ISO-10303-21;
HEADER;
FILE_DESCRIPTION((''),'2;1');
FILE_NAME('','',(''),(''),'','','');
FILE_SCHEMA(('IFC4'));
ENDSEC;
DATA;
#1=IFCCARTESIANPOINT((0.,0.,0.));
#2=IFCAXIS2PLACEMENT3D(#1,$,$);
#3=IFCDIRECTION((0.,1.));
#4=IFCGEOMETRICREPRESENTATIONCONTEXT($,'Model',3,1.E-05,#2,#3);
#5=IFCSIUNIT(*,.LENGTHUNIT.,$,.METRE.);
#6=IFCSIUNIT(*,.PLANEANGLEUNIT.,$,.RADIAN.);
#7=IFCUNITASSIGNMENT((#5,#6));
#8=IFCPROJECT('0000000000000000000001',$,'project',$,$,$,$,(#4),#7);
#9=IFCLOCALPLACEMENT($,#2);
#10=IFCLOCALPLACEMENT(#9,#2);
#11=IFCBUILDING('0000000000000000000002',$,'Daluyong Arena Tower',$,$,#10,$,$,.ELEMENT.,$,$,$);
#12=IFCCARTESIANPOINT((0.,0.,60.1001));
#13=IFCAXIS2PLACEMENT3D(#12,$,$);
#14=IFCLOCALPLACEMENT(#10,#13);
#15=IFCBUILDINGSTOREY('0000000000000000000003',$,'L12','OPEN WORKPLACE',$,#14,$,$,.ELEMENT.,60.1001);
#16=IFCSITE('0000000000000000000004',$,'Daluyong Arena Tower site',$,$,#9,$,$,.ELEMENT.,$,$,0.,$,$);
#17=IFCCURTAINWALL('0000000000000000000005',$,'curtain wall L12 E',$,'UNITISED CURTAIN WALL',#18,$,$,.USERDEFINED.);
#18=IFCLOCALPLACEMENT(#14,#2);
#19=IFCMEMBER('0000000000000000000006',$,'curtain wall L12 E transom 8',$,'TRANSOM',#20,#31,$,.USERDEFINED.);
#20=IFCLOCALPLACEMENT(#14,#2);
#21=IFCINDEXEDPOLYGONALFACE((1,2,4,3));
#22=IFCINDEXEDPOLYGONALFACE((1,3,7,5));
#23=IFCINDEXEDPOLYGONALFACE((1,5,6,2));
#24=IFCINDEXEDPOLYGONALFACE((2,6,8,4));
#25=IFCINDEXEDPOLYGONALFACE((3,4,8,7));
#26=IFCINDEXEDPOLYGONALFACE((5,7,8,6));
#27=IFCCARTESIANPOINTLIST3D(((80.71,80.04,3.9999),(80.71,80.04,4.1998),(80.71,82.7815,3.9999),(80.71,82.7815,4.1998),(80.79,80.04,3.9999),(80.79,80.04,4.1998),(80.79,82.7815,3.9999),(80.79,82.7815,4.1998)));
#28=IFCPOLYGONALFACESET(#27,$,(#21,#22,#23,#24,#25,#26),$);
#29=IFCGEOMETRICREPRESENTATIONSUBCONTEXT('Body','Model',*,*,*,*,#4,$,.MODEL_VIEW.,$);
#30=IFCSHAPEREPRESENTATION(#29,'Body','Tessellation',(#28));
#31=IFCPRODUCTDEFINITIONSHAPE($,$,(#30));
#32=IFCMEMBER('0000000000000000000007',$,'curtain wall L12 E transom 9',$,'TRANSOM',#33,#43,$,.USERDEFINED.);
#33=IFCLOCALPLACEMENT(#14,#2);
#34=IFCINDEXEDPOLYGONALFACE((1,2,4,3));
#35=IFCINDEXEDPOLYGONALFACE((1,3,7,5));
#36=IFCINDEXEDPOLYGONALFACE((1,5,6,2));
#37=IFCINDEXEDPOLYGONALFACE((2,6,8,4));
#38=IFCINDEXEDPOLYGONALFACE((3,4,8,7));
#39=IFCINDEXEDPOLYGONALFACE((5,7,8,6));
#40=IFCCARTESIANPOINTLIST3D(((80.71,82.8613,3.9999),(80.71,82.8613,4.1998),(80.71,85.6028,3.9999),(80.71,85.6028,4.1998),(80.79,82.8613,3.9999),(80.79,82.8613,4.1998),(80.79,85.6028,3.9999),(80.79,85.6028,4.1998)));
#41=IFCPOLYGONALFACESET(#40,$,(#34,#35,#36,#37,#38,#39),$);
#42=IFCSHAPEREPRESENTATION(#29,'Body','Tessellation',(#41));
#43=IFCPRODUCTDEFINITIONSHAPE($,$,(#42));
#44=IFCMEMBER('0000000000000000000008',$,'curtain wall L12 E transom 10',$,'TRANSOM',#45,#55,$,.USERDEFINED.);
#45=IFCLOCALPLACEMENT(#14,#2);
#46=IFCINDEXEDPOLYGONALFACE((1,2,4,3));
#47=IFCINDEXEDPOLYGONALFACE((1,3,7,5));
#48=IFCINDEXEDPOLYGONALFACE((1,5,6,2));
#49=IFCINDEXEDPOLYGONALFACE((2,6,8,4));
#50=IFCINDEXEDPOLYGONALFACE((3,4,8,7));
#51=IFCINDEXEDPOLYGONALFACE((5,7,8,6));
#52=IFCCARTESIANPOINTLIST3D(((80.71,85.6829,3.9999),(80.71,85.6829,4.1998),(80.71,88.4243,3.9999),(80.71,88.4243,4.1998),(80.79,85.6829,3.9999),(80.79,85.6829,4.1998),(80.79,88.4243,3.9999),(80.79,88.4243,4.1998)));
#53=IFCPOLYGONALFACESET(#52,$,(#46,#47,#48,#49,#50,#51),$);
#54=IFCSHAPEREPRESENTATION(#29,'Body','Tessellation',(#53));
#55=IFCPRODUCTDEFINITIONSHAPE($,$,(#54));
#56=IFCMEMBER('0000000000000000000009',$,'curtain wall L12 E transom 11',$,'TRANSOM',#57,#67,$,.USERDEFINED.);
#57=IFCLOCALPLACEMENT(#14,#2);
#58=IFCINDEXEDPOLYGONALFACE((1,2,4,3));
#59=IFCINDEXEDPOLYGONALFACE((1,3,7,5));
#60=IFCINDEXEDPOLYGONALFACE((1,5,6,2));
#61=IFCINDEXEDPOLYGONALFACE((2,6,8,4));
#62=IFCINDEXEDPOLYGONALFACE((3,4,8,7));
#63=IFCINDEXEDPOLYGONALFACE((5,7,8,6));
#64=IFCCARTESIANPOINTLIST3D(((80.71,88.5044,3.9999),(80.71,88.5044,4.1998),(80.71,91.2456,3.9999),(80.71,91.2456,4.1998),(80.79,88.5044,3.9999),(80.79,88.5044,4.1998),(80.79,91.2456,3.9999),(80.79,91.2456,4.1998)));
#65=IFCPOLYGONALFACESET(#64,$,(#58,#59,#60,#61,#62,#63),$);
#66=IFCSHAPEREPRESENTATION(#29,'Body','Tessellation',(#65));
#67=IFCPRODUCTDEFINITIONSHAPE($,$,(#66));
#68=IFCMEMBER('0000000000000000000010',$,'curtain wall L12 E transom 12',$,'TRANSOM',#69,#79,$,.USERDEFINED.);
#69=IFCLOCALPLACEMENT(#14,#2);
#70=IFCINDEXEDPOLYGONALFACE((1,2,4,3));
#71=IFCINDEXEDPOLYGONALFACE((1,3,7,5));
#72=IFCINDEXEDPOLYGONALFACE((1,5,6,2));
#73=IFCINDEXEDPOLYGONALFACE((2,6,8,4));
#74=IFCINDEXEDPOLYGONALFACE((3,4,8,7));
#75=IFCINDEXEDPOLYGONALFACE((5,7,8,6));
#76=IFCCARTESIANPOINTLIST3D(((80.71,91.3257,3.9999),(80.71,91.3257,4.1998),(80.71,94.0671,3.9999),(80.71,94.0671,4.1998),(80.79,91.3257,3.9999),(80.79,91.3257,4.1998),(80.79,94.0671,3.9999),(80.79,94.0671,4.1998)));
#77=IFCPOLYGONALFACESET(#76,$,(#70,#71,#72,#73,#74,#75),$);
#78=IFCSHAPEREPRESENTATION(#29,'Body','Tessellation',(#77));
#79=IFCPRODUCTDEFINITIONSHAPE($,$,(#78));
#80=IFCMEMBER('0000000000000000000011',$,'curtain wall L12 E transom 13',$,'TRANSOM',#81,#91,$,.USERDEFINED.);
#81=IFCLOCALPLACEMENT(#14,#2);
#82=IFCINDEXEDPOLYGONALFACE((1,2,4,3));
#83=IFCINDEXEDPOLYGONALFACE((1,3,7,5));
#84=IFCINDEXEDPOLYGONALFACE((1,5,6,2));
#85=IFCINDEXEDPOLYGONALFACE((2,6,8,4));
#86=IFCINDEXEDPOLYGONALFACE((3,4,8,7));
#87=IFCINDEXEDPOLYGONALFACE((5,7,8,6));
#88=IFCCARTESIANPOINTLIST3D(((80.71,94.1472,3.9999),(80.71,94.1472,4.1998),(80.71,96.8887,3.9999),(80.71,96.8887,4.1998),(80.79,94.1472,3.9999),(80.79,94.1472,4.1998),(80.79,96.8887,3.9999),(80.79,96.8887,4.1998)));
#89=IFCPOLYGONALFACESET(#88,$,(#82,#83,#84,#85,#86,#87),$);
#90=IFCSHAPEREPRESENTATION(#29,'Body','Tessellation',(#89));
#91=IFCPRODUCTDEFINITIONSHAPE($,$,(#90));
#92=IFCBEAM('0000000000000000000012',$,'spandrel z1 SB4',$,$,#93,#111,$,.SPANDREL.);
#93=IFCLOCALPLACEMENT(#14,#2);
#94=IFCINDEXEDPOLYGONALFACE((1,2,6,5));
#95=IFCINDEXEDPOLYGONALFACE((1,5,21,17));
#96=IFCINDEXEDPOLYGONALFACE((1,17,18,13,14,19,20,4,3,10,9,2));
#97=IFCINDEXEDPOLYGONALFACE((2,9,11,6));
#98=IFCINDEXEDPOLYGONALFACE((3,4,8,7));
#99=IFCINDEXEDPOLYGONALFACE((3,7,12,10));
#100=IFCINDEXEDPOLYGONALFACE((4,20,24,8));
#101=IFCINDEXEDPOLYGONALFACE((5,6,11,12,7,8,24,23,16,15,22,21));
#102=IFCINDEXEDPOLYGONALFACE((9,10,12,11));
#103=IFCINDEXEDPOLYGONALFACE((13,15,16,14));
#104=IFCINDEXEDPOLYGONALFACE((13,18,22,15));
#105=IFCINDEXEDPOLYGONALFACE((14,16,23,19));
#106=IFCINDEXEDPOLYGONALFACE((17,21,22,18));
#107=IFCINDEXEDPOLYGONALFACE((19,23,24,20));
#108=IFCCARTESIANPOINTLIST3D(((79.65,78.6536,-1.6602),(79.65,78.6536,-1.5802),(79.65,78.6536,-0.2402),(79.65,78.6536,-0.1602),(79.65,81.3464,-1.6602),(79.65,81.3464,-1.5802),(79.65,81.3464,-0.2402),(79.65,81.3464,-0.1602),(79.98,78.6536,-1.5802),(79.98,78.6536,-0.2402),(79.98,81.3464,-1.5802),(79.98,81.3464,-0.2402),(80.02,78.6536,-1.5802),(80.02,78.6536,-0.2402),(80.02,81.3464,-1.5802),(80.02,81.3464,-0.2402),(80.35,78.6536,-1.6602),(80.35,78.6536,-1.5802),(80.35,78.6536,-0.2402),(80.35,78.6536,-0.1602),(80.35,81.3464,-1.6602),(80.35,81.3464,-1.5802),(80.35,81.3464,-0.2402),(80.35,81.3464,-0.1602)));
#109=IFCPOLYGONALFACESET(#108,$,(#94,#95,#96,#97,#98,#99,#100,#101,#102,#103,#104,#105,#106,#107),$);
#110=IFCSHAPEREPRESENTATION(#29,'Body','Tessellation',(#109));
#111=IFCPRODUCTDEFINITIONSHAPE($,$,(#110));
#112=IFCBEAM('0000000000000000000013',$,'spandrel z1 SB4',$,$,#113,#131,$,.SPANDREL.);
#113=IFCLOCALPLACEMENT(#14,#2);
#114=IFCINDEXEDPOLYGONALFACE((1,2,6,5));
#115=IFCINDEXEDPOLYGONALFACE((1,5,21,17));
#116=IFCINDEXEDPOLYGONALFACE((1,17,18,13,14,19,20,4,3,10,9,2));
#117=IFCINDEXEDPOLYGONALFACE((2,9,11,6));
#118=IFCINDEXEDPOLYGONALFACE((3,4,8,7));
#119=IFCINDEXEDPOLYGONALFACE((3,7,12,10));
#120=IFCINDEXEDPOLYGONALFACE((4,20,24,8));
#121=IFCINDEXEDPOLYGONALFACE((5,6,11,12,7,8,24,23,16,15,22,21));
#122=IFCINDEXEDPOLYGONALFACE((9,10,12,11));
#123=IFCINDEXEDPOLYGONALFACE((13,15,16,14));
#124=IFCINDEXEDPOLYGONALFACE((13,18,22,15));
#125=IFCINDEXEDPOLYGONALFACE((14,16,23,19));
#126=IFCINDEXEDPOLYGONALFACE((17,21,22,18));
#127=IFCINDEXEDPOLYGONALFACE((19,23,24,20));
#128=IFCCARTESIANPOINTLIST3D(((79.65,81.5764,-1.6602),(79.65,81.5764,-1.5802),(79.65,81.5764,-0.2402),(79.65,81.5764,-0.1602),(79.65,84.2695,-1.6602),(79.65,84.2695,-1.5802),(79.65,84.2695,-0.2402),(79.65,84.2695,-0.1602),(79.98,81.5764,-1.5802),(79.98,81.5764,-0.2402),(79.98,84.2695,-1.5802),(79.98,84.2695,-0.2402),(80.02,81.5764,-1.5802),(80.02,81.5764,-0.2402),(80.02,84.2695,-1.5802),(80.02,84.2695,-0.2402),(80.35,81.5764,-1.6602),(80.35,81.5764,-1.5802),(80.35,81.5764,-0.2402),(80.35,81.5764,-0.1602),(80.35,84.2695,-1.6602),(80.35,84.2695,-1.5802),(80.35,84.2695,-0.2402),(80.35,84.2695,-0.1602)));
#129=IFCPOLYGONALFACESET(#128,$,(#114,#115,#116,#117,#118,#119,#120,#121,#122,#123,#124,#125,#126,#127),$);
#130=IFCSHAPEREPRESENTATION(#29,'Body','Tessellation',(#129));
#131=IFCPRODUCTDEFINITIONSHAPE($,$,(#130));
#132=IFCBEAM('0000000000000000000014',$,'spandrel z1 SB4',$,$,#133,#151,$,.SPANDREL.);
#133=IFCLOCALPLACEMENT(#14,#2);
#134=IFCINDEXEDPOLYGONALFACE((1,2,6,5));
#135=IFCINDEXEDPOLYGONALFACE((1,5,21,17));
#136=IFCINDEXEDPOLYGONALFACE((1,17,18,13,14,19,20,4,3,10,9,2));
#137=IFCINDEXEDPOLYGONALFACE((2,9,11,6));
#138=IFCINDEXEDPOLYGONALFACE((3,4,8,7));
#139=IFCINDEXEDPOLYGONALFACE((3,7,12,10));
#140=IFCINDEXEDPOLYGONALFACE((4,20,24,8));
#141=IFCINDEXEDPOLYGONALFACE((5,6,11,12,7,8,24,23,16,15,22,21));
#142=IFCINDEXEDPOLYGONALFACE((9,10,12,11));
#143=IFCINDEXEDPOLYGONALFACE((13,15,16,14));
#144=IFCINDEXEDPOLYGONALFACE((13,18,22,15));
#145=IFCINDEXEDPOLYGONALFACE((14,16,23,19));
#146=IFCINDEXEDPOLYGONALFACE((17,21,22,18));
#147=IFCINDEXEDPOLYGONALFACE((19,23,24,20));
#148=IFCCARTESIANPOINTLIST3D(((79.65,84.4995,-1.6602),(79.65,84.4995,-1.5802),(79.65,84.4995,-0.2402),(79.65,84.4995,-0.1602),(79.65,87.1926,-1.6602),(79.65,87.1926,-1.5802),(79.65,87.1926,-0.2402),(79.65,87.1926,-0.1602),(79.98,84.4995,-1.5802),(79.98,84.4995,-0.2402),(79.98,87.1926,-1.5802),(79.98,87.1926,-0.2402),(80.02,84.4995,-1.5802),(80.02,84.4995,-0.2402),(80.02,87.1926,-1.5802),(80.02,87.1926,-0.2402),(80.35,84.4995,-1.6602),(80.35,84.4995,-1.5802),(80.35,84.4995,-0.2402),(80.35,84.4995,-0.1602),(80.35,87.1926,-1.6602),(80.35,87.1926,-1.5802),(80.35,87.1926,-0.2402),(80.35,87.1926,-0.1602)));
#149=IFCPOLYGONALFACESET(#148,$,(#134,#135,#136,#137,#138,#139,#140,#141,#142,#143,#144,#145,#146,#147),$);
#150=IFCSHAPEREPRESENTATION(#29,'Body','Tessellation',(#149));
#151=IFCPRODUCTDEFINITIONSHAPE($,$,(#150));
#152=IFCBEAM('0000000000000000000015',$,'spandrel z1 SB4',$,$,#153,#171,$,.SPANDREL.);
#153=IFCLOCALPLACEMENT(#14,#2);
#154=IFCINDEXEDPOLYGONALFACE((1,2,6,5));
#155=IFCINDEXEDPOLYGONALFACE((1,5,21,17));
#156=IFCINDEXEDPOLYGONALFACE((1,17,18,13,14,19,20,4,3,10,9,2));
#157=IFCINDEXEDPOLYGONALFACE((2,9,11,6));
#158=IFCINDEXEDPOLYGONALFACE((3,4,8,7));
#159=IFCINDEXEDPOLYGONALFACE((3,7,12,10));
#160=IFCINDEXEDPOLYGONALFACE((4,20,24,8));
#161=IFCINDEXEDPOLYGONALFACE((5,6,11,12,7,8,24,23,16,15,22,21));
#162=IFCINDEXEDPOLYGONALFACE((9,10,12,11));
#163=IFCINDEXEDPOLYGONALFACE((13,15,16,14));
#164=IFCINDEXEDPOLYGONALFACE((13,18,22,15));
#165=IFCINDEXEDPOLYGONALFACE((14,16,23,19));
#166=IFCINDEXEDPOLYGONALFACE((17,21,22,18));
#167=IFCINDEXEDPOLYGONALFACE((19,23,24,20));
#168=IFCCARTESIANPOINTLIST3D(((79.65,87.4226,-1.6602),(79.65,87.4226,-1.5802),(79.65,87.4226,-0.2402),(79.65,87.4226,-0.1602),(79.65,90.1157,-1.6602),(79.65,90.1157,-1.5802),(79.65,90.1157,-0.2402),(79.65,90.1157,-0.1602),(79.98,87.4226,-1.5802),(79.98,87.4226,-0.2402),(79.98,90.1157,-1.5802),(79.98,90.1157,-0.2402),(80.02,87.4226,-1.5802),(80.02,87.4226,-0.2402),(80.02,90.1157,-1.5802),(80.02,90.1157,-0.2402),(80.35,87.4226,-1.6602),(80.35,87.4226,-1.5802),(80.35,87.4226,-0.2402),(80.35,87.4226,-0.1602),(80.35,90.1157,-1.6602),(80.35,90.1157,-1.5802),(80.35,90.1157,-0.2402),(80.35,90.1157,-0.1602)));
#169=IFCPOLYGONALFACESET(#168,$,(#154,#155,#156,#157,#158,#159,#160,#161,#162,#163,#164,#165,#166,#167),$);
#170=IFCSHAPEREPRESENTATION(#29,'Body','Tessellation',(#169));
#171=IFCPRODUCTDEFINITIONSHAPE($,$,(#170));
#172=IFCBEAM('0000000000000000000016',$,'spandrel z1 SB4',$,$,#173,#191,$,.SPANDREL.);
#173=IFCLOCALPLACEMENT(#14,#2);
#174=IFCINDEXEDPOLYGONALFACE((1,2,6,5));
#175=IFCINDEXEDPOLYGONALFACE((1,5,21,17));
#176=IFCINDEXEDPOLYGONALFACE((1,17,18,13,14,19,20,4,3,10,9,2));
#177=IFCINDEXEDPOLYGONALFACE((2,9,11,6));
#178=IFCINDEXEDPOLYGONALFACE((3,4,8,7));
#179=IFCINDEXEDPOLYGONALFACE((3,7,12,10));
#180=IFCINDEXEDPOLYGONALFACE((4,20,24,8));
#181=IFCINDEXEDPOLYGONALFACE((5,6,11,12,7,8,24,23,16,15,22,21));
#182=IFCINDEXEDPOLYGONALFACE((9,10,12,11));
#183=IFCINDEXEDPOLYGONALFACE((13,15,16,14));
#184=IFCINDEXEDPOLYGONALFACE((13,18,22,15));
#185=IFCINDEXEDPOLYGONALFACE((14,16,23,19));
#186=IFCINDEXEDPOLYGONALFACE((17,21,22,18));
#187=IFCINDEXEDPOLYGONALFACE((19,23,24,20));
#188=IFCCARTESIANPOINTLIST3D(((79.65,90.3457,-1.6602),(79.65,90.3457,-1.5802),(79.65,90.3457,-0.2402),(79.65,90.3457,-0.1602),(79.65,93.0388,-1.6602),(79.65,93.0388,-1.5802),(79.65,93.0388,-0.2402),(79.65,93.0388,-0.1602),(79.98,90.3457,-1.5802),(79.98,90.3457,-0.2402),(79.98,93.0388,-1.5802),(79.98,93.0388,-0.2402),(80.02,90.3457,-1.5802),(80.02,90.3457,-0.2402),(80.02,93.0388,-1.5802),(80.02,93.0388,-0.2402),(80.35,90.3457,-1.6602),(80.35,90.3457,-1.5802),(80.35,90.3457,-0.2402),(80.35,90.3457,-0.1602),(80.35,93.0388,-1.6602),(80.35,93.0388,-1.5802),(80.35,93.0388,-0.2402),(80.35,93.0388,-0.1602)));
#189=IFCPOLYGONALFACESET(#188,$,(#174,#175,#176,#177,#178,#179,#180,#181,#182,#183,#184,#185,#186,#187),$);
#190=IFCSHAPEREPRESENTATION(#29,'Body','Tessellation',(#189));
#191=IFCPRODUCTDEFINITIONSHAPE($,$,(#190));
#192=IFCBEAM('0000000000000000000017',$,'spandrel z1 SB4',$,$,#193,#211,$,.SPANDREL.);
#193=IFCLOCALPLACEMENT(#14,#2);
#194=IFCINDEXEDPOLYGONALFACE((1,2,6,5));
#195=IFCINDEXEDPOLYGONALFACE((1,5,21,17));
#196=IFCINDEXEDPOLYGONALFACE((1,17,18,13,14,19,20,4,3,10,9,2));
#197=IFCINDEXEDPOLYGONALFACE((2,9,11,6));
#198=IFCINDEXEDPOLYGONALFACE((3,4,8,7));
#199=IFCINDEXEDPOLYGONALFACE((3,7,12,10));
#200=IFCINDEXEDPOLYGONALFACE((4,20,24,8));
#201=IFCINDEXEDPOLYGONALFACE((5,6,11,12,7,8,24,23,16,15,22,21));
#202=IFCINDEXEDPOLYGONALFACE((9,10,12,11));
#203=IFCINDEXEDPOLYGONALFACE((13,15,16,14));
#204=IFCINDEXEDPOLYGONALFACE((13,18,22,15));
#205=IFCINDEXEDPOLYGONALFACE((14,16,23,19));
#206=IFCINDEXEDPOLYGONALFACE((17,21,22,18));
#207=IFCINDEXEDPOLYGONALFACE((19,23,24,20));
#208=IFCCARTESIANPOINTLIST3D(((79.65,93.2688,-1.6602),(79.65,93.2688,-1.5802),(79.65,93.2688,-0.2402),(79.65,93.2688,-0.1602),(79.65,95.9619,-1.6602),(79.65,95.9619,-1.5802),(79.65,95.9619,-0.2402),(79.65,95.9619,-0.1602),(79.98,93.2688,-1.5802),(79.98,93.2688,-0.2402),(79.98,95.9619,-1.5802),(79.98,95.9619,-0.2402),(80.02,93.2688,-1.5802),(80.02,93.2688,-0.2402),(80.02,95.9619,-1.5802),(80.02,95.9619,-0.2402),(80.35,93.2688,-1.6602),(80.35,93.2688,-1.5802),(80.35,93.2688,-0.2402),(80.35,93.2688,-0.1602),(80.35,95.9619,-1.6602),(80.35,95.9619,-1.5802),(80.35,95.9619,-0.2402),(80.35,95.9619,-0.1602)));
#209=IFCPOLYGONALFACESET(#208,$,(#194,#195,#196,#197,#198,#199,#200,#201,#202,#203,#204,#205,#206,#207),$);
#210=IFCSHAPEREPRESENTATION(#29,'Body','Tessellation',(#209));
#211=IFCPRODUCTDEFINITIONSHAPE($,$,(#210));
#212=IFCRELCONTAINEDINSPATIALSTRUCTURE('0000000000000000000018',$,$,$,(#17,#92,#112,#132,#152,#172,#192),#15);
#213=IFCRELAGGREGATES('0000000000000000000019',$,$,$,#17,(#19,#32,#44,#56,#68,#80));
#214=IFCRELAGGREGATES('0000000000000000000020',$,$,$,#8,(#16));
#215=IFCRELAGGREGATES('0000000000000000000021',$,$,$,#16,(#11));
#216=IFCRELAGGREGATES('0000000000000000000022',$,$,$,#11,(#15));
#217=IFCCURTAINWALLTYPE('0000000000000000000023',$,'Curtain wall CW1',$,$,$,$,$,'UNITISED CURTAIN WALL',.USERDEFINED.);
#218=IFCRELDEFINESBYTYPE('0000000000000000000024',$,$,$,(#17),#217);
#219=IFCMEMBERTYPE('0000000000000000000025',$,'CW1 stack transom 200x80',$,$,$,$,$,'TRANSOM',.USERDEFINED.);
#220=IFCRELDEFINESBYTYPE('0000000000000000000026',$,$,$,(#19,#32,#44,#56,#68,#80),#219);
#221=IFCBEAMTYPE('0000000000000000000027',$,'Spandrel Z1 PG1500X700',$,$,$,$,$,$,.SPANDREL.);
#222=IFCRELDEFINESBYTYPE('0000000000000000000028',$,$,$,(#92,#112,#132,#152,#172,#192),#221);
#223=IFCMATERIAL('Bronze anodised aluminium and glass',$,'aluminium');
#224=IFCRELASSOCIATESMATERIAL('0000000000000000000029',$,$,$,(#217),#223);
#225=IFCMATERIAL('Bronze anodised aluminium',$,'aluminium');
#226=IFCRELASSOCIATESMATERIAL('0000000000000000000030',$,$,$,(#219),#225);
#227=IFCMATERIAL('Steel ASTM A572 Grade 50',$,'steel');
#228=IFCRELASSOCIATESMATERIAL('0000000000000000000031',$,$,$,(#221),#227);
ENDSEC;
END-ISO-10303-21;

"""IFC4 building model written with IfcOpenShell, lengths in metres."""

from ifc_helpers import new_model, si_unit, direction, frame, origin, origin_2d, place, context, subcontext, project, spatial, rectangle, i_section, extrude, material, material_profile, profile_set, type_object, element, aggregate, save


model = new_model("IFC4")

# Units and contexts
model_context = context("Model", 3, precision=1e-05, world=origin(), true_north=direction((0.0, 1.0)))
body_context = subcontext(model_context, "Body", "Model", "MODEL_VIEW")
ifc_project = project(units=[si_unit("LENGTHUNIT", "METRE"), si_unit("PLANEANGLEUNIT", "RADIAN")], contexts=[model_context])

# Site, building, storey
site_placement = place(None, origin())
site = spatial("IfcSite", under=ifc_project, at=site_placement, Name="Daluyong Arena Tower site", CompositionType="ELEMENT", RefElevation=0.0)
building_placement = place(site_placement, origin())
building = spatial("IfcBuilding", under=site, at=building_placement, Name="Daluyong Arena Tower", CompositionType="ELEMENT")
storey_placement = place(building_placement, frame((0.0, 0.0, 60.1001)))
storey = spatial("IfcBuildingStorey", under=building, at=storey_placement, Name="L12", Description="OPEN WORKPLACE", CompositionType="ELEMENT", Elevation=60.1001)

# Curtain wall, members
ifc_material_1 = material(Name="Bronze anodised aluminium and glass", Category="aluminium")
curtain_wall_type = type_object("IfcCurtainWallType", Name="Curtain wall CW1", ElementType="UNITISED CURTAIN WALL", PredefinedType="USERDEFINED", material=ifc_material_1)
curtain_wall_placement = place(storey_placement, origin())
curtain_wall = element("IfcCurtainWall", 1, at=curtain_wall_placement, inside=storey, type_object=curtain_wall_type, Name="curtain wall L12 E", ObjectType="UNITISED CURTAIN WALL", PredefinedType="USERDEFINED")
ifc_material_2 = material(Name="Bronze anodised aluminium", Category="aluminium")
ifc_material_profile_1 = material_profile(ifc_material_2, rectangle(XDim=0.0801, YDim=0.2, at=origin_2d()))
ifc_profile_set_1 = profile_set([ifc_material_profile_1], Name="Bronze anodised aluminium")
member_type_1 = type_object("IfcMemberType", Name="CW1 stack transom 200x80", ElementType="TRANSOM", PredefinedType="USERDEFINED", material=ifc_profile_set_1)
member_1_placement = place(storey_placement, frame((80.75, 80.04, 4.0999), z_axis=(0.0, 1.0, 0.0), x_axis=(-1.0, 0.0, 0.0)))
member_1 = element("IfcMember", 2, at=member_1_placement, type_object=member_type_1, Name="curtain wall L12 E transom 8", ObjectType="TRANSOM", PredefinedType="USERDEFINED", context=body_context, shape_type="SweptSolid", body=[
    extrude(rectangle(XDim=0.0801, YDim=0.2, at=origin_2d()), origin(), (0.0, 0.0, 1.0), 2.7415),
])
member_2_placement = place(storey_placement, frame((80.75, 82.8613, 4.0999), z_axis=(0.0, 1.0, 0.0), x_axis=(-1.0, 0.0, 0.0)))
member_2 = element("IfcMember", 3, at=member_2_placement, type_object=member_type_1, Name="curtain wall L12 E transom 9", ObjectType="TRANSOM", PredefinedType="USERDEFINED", context=body_context, shape_type="SweptSolid", body=[
    extrude(rectangle(XDim=0.0801, YDim=0.2, at=origin_2d()), origin(), (0.0, 0.0, 1.0), 2.7415),
])
member_3_placement = place(storey_placement, frame((80.75, 85.6829, 4.0999), z_axis=(0.0, 1.0, 0.0), x_axis=(-1.0, 0.0, 0.0)))
member_3 = element("IfcMember", 4, at=member_3_placement, type_object=member_type_1, Name="curtain wall L12 E transom 10", ObjectType="TRANSOM", PredefinedType="USERDEFINED", context=body_context, shape_type="SweptSolid", body=[
    extrude(rectangle(XDim=0.0801, YDim=0.2, at=origin_2d()), origin(), (0.0, 0.0, 1.0), 2.7415),
])
member_4_placement = place(storey_placement, frame((80.75, 88.5044, 4.0999), z_axis=(0.0, 1.0, 0.0), x_axis=(-1.0, 0.0, 0.0)))
member_4 = element("IfcMember", 5, at=member_4_placement, type_object=member_type_1, Name="curtain wall L12 E transom 11", ObjectType="TRANSOM", PredefinedType="USERDEFINED", context=body_context, shape_type="SweptSolid", body=[
    extrude(rectangle(XDim=0.0801, YDim=0.2, at=origin_2d()), origin(), (0.0, 0.0, 1.0), 2.7412),
])
member_5_placement = place(storey_placement, frame((80.75, 91.3257, 4.0999), z_axis=(0.0, 1.0, 0.0), x_axis=(-1.0, 0.0, 0.0)))
member_5 = element("IfcMember", 6, at=member_5_placement, type_object=member_type_1, Name="curtain wall L12 E transom 12", ObjectType="TRANSOM", PredefinedType="USERDEFINED", context=body_context, shape_type="SweptSolid", body=[
    extrude(rectangle(XDim=0.0801, YDim=0.2, at=origin_2d()), origin(), (0.0, 0.0, 1.0), 2.7415),
])
member_6_placement = place(storey_placement, frame((80.75, 94.1472, 4.0999), z_axis=(0.0, 1.0, 0.0), x_axis=(-1.0, 0.0, 0.0)))
member_6 = element("IfcMember", 7, at=member_6_placement, type_object=member_type_1, Name="curtain wall L12 E transom 13", ObjectType="TRANSOM", PredefinedType="USERDEFINED", context=body_context, shape_type="SweptSolid", body=[
    extrude(rectangle(XDim=0.0801, YDim=0.2, at=origin_2d()), origin(), (0.0, 0.0, 1.0), 2.7415),
])

# Beams
ifc_material_3 = material(Name="Steel ASTM A572 Grade 50", Category="steel")
ifc_material_profile_2 = material_profile(ifc_material_3, i_section(OverallWidth=0.7, OverallDepth=1.5, WebThickness=0.04, FlangeThickness=0.08, at=origin_2d()))
ifc_profile_set_2 = profile_set([ifc_material_profile_2], Name="Steel ASTM A572 Grade 50")
beam_type = type_object("IfcBeamType", Name="Spandrel Z1 PG1500X700", PredefinedType="SPANDREL", material=ifc_profile_set_2)
beam_placement = place(storey_placement, frame((80.0, 78.6536, -0.9102), z_axis=(0.0, 1.0, 0.0), x_axis=(-1.0, 0.0, 0.0)))
element("IfcBeam", 8, at=beam_placement, inside=storey, type_object=beam_type, Name="spandrel z1 SB4", PredefinedType="SPANDREL", context=body_context, shape_type="SweptSolid", body=[
    extrude(i_section(OverallWidth=0.7, OverallDepth=1.5, WebThickness=0.04, FlangeThickness=0.08, at=origin_2d()), origin(), (0.0, 0.0, 1.0), 2.6929),
])
for number, where, z_axis, x_axis, name in (
    (9, (80.0, 81.5764, -0.9102), (0.0, 1.0, 0.0), (-1.0, 0.0, 0.0), "spandrel z1 SB4"),
    (10, (80.0, 84.4995, -0.9102), (0.0, 1.0, 0.0), (-1.0, 0.0, 0.0), "spandrel z1 SB4"),
    (11, (80.0, 87.4226, -0.9102), (0.0, 1.0, 0.0), (-1.0, 0.0, 0.0), "spandrel z1 SB4"),
    (12, (80.0, 90.3457, -0.9102), (0.0, 1.0, 0.0), (-1.0, 0.0, 0.0), "spandrel z1 SB4"),
    (13, (80.0, 93.2688, -0.9102), (0.0, 1.0, 0.0), (-1.0, 0.0, 0.0), "spandrel z1 SB4"),
):
    element("IfcBeam", number, at=place(storey_placement, frame(where, z_axis=z_axis, x_axis=x_axis)), inside=storey, type_object=beam_type, Name=name, PredefinedType="SPANDREL", context=body_context, shape_type="SweptSolid", body=[
        extrude(i_section(OverallWidth=0.7, OverallDepth=1.5, WebThickness=0.04, FlangeThickness=0.08, at=origin_2d()), origin(), (0.0, 0.0, 1.0), 2.6931),
    ])

aggregate(curtain_wall, [member_1, member_2, member_3, member_4, member_5, member_6])

save(model, "model.ifc")
